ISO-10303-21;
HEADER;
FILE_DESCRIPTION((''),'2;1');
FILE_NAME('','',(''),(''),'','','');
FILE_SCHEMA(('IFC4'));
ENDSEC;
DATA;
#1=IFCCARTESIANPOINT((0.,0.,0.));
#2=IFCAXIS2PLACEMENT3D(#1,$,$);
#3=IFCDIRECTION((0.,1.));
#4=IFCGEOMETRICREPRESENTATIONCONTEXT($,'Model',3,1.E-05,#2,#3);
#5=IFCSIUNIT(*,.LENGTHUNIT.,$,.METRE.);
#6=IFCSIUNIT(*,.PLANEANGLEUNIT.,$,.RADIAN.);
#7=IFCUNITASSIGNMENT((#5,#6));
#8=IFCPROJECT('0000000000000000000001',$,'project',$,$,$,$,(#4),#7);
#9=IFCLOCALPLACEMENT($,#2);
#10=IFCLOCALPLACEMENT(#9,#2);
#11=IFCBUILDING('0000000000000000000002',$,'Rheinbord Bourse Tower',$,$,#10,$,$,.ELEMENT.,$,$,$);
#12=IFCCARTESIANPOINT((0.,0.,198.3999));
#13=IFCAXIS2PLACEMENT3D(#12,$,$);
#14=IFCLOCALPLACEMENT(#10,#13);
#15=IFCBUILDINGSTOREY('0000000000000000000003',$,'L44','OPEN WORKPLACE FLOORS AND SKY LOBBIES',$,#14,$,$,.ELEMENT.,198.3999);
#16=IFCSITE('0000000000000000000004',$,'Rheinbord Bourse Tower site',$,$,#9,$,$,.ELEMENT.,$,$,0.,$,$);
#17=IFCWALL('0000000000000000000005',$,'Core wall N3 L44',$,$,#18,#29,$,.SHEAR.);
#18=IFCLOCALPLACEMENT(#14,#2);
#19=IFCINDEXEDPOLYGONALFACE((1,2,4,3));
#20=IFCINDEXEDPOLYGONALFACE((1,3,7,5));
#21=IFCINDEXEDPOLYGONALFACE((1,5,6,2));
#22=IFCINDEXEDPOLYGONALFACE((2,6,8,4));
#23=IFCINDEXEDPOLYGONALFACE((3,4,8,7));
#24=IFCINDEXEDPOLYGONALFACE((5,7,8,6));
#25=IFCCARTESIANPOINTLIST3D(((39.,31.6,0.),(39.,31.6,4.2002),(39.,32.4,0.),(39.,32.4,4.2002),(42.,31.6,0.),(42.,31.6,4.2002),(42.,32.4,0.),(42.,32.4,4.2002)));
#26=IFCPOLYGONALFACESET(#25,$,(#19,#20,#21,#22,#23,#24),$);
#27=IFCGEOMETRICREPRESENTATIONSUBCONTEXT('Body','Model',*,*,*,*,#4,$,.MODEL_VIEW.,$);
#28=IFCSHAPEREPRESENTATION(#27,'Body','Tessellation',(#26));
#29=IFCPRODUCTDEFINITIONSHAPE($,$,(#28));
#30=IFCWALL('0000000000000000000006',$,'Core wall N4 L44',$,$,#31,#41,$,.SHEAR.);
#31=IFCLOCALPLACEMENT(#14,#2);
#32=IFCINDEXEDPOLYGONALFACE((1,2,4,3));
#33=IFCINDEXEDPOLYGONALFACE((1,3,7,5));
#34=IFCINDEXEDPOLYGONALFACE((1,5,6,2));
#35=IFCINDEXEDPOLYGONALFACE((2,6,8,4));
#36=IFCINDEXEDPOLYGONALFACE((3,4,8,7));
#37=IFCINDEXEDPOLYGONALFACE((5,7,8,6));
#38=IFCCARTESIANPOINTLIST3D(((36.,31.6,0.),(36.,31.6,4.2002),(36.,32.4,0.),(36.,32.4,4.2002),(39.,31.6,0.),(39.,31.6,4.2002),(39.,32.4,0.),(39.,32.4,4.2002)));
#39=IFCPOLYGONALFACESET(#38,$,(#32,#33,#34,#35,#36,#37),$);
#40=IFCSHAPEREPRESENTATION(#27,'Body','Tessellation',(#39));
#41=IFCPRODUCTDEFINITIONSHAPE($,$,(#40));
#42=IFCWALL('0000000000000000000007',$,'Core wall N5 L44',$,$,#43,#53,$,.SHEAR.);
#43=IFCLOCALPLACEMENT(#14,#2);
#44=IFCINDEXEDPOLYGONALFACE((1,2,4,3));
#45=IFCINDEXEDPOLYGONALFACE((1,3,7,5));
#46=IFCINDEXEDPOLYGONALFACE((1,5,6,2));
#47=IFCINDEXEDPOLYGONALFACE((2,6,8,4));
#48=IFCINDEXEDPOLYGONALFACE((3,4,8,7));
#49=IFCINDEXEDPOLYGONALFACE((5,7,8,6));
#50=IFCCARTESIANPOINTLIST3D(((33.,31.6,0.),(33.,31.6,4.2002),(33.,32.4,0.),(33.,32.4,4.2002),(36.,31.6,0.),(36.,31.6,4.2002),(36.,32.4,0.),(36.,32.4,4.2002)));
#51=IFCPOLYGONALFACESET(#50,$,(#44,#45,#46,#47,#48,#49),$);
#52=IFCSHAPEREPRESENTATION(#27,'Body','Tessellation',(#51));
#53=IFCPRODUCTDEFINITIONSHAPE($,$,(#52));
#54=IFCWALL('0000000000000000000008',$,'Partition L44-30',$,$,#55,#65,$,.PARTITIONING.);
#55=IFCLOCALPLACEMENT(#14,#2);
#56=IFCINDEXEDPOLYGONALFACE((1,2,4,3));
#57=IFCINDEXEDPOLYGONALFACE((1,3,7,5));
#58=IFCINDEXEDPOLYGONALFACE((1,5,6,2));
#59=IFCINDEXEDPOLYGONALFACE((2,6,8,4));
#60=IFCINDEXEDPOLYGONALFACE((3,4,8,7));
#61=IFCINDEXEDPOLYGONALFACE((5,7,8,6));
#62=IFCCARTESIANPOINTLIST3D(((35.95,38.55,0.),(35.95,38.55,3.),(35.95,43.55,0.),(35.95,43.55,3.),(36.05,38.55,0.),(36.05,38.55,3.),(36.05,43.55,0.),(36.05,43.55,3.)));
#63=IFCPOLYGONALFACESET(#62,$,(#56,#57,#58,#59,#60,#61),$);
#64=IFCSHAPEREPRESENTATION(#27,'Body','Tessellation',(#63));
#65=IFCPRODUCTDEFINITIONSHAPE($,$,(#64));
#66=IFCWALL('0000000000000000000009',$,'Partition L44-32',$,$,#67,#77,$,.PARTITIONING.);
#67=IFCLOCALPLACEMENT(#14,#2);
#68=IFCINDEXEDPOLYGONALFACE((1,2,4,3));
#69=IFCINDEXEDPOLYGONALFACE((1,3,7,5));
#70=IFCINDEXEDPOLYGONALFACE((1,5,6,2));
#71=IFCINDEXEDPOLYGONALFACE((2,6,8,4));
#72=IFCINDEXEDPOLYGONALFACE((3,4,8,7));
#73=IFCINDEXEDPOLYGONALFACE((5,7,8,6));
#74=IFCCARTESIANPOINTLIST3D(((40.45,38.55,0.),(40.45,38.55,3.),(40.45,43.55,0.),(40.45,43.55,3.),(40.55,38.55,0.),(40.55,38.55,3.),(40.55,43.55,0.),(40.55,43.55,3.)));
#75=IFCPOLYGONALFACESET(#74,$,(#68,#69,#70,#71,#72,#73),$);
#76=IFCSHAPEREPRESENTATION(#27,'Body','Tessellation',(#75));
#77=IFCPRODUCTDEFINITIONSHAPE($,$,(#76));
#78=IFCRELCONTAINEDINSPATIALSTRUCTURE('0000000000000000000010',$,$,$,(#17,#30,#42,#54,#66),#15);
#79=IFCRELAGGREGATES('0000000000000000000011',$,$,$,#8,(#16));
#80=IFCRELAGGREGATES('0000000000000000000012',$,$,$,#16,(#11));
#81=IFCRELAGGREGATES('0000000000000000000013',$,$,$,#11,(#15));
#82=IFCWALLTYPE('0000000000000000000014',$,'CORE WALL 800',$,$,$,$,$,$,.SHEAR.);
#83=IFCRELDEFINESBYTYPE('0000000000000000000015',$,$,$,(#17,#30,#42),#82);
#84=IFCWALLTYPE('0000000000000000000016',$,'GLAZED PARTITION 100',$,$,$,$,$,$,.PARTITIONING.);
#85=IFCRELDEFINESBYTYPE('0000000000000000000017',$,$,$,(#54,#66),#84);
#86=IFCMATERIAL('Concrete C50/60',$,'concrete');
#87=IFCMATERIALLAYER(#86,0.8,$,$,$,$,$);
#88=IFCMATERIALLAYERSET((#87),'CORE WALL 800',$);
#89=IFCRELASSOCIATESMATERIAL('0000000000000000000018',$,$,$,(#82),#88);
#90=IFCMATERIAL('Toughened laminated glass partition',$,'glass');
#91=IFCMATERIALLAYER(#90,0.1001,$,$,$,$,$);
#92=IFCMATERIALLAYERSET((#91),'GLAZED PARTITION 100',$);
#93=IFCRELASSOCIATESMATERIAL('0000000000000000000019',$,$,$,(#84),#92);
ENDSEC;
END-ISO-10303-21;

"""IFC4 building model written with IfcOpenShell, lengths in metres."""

from ifc_helpers import new_model, si_unit, direction, frame, frame_2d, origin, place, context, subcontext, project, spatial, rectangle, extrude, material, layer, layer_set, type_object, element, save


model = new_model("IFC4")

# Units and contexts
model_context = context("Model", 3, precision=1e-05, world=origin(), true_north=direction((0.0, 1.0)))
body_context = subcontext(model_context, "Body", "Model", "MODEL_VIEW")
ifc_project = project(units=[si_unit("LENGTHUNIT", "METRE"), si_unit("PLANEANGLEUNIT", "RADIAN")], contexts=[model_context])

# Site, building, storey
site_placement = place(None, origin())
site = spatial("IfcSite", under=ifc_project, at=site_placement, Name="Rheinbord Bourse Tower site", CompositionType="ELEMENT", RefElevation=0.0)
building_placement = place(site_placement, origin())
building = spatial("IfcBuilding", under=site, at=building_placement, Name="Rheinbord Bourse Tower", CompositionType="ELEMENT")
storey_placement = place(building_placement, frame((0.0, 0.0, 198.3999)))
storey = spatial("IfcBuildingStorey", under=building, at=storey_placement, Name="L44", Description="OPEN WORKPLACE FLOORS AND SKY LOBBIES", CompositionType="ELEMENT", Elevation=198.3999)

# Walls
ifc_material_1 = material(Name="Concrete C50/60", Category="concrete")
ifc_layer_1 = layer(ifc_material_1, 0.8)
ifc_layer_set_1 = layer_set([ifc_layer_1], Name="CORE WALL 800")
wall_type_1 = type_object("IfcWallType", Name="CORE WALL 800", PredefinedType="SHEAR", material=ifc_layer_set_1)
for number, where, z_axis, x_axis, name in (
    (1, (42.0, 32.0, 0.0), (0.0, 0.0, 1.0), (-1.0, 0.0, 0.0), "Core wall N3 L44"),
    (2, (39.0, 32.0, 0.0), (0.0, 0.0, 1.0), (-1.0, 0.0, 0.0), "Core wall N4 L44"),
    (3, (36.0, 32.0, 0.0), (0.0, 0.0, 1.0), (-1.0, 0.0, 0.0), "Core wall N5 L44"),
):
    element("IfcWall", number, at=place(storey_placement, frame(where, z_axis=z_axis, x_axis=x_axis)), inside=storey, type_object=wall_type_1, Name=name, PredefinedType="SHEAR", context=body_context, shape_type="SweptSolid", body=[
        extrude(rectangle(XDim=3.0, YDim=0.8, at=frame_2d((1.5, 0.0))), origin(), (0.0, 0.0, 1.0), 4.2002),
    ])
ifc_material_2 = material(Name="Toughened laminated glass partition", Category="glass")
ifc_layer_2 = layer(ifc_material_2, 0.1001)
ifc_layer_set_2 = layer_set([ifc_layer_2], Name="GLAZED PARTITION 100")
wall_type_2 = type_object("IfcWallType", Name="GLAZED PARTITION 100", PredefinedType="PARTITIONING", material=ifc_layer_set_2)
for number, where, z_axis, x_axis, name in (
    (4, (36.0, 38.55, 0.0), (0.0, 0.0, 1.0), (0.0, 1.0, 0.0), "Partition L44-30"),
    (5, (40.5, 38.55, 0.0), (0.0, 0.0, 1.0), (0.0, 1.0, 0.0), "Partition L44-32"),
):
    element("IfcWall", number, at=place(storey_placement, frame(where, z_axis=z_axis, x_axis=x_axis)), inside=storey, type_object=wall_type_2, Name=name, PredefinedType="PARTITIONING", context=body_context, shape_type="SweptSolid", body=[
        extrude(rectangle(XDim=5.0, YDim=0.1001, at=frame_2d((2.5, 0.0))), origin(), (0.0, 0.0, 1.0), 3.0),
    ])

save(model, "model.ifc")
